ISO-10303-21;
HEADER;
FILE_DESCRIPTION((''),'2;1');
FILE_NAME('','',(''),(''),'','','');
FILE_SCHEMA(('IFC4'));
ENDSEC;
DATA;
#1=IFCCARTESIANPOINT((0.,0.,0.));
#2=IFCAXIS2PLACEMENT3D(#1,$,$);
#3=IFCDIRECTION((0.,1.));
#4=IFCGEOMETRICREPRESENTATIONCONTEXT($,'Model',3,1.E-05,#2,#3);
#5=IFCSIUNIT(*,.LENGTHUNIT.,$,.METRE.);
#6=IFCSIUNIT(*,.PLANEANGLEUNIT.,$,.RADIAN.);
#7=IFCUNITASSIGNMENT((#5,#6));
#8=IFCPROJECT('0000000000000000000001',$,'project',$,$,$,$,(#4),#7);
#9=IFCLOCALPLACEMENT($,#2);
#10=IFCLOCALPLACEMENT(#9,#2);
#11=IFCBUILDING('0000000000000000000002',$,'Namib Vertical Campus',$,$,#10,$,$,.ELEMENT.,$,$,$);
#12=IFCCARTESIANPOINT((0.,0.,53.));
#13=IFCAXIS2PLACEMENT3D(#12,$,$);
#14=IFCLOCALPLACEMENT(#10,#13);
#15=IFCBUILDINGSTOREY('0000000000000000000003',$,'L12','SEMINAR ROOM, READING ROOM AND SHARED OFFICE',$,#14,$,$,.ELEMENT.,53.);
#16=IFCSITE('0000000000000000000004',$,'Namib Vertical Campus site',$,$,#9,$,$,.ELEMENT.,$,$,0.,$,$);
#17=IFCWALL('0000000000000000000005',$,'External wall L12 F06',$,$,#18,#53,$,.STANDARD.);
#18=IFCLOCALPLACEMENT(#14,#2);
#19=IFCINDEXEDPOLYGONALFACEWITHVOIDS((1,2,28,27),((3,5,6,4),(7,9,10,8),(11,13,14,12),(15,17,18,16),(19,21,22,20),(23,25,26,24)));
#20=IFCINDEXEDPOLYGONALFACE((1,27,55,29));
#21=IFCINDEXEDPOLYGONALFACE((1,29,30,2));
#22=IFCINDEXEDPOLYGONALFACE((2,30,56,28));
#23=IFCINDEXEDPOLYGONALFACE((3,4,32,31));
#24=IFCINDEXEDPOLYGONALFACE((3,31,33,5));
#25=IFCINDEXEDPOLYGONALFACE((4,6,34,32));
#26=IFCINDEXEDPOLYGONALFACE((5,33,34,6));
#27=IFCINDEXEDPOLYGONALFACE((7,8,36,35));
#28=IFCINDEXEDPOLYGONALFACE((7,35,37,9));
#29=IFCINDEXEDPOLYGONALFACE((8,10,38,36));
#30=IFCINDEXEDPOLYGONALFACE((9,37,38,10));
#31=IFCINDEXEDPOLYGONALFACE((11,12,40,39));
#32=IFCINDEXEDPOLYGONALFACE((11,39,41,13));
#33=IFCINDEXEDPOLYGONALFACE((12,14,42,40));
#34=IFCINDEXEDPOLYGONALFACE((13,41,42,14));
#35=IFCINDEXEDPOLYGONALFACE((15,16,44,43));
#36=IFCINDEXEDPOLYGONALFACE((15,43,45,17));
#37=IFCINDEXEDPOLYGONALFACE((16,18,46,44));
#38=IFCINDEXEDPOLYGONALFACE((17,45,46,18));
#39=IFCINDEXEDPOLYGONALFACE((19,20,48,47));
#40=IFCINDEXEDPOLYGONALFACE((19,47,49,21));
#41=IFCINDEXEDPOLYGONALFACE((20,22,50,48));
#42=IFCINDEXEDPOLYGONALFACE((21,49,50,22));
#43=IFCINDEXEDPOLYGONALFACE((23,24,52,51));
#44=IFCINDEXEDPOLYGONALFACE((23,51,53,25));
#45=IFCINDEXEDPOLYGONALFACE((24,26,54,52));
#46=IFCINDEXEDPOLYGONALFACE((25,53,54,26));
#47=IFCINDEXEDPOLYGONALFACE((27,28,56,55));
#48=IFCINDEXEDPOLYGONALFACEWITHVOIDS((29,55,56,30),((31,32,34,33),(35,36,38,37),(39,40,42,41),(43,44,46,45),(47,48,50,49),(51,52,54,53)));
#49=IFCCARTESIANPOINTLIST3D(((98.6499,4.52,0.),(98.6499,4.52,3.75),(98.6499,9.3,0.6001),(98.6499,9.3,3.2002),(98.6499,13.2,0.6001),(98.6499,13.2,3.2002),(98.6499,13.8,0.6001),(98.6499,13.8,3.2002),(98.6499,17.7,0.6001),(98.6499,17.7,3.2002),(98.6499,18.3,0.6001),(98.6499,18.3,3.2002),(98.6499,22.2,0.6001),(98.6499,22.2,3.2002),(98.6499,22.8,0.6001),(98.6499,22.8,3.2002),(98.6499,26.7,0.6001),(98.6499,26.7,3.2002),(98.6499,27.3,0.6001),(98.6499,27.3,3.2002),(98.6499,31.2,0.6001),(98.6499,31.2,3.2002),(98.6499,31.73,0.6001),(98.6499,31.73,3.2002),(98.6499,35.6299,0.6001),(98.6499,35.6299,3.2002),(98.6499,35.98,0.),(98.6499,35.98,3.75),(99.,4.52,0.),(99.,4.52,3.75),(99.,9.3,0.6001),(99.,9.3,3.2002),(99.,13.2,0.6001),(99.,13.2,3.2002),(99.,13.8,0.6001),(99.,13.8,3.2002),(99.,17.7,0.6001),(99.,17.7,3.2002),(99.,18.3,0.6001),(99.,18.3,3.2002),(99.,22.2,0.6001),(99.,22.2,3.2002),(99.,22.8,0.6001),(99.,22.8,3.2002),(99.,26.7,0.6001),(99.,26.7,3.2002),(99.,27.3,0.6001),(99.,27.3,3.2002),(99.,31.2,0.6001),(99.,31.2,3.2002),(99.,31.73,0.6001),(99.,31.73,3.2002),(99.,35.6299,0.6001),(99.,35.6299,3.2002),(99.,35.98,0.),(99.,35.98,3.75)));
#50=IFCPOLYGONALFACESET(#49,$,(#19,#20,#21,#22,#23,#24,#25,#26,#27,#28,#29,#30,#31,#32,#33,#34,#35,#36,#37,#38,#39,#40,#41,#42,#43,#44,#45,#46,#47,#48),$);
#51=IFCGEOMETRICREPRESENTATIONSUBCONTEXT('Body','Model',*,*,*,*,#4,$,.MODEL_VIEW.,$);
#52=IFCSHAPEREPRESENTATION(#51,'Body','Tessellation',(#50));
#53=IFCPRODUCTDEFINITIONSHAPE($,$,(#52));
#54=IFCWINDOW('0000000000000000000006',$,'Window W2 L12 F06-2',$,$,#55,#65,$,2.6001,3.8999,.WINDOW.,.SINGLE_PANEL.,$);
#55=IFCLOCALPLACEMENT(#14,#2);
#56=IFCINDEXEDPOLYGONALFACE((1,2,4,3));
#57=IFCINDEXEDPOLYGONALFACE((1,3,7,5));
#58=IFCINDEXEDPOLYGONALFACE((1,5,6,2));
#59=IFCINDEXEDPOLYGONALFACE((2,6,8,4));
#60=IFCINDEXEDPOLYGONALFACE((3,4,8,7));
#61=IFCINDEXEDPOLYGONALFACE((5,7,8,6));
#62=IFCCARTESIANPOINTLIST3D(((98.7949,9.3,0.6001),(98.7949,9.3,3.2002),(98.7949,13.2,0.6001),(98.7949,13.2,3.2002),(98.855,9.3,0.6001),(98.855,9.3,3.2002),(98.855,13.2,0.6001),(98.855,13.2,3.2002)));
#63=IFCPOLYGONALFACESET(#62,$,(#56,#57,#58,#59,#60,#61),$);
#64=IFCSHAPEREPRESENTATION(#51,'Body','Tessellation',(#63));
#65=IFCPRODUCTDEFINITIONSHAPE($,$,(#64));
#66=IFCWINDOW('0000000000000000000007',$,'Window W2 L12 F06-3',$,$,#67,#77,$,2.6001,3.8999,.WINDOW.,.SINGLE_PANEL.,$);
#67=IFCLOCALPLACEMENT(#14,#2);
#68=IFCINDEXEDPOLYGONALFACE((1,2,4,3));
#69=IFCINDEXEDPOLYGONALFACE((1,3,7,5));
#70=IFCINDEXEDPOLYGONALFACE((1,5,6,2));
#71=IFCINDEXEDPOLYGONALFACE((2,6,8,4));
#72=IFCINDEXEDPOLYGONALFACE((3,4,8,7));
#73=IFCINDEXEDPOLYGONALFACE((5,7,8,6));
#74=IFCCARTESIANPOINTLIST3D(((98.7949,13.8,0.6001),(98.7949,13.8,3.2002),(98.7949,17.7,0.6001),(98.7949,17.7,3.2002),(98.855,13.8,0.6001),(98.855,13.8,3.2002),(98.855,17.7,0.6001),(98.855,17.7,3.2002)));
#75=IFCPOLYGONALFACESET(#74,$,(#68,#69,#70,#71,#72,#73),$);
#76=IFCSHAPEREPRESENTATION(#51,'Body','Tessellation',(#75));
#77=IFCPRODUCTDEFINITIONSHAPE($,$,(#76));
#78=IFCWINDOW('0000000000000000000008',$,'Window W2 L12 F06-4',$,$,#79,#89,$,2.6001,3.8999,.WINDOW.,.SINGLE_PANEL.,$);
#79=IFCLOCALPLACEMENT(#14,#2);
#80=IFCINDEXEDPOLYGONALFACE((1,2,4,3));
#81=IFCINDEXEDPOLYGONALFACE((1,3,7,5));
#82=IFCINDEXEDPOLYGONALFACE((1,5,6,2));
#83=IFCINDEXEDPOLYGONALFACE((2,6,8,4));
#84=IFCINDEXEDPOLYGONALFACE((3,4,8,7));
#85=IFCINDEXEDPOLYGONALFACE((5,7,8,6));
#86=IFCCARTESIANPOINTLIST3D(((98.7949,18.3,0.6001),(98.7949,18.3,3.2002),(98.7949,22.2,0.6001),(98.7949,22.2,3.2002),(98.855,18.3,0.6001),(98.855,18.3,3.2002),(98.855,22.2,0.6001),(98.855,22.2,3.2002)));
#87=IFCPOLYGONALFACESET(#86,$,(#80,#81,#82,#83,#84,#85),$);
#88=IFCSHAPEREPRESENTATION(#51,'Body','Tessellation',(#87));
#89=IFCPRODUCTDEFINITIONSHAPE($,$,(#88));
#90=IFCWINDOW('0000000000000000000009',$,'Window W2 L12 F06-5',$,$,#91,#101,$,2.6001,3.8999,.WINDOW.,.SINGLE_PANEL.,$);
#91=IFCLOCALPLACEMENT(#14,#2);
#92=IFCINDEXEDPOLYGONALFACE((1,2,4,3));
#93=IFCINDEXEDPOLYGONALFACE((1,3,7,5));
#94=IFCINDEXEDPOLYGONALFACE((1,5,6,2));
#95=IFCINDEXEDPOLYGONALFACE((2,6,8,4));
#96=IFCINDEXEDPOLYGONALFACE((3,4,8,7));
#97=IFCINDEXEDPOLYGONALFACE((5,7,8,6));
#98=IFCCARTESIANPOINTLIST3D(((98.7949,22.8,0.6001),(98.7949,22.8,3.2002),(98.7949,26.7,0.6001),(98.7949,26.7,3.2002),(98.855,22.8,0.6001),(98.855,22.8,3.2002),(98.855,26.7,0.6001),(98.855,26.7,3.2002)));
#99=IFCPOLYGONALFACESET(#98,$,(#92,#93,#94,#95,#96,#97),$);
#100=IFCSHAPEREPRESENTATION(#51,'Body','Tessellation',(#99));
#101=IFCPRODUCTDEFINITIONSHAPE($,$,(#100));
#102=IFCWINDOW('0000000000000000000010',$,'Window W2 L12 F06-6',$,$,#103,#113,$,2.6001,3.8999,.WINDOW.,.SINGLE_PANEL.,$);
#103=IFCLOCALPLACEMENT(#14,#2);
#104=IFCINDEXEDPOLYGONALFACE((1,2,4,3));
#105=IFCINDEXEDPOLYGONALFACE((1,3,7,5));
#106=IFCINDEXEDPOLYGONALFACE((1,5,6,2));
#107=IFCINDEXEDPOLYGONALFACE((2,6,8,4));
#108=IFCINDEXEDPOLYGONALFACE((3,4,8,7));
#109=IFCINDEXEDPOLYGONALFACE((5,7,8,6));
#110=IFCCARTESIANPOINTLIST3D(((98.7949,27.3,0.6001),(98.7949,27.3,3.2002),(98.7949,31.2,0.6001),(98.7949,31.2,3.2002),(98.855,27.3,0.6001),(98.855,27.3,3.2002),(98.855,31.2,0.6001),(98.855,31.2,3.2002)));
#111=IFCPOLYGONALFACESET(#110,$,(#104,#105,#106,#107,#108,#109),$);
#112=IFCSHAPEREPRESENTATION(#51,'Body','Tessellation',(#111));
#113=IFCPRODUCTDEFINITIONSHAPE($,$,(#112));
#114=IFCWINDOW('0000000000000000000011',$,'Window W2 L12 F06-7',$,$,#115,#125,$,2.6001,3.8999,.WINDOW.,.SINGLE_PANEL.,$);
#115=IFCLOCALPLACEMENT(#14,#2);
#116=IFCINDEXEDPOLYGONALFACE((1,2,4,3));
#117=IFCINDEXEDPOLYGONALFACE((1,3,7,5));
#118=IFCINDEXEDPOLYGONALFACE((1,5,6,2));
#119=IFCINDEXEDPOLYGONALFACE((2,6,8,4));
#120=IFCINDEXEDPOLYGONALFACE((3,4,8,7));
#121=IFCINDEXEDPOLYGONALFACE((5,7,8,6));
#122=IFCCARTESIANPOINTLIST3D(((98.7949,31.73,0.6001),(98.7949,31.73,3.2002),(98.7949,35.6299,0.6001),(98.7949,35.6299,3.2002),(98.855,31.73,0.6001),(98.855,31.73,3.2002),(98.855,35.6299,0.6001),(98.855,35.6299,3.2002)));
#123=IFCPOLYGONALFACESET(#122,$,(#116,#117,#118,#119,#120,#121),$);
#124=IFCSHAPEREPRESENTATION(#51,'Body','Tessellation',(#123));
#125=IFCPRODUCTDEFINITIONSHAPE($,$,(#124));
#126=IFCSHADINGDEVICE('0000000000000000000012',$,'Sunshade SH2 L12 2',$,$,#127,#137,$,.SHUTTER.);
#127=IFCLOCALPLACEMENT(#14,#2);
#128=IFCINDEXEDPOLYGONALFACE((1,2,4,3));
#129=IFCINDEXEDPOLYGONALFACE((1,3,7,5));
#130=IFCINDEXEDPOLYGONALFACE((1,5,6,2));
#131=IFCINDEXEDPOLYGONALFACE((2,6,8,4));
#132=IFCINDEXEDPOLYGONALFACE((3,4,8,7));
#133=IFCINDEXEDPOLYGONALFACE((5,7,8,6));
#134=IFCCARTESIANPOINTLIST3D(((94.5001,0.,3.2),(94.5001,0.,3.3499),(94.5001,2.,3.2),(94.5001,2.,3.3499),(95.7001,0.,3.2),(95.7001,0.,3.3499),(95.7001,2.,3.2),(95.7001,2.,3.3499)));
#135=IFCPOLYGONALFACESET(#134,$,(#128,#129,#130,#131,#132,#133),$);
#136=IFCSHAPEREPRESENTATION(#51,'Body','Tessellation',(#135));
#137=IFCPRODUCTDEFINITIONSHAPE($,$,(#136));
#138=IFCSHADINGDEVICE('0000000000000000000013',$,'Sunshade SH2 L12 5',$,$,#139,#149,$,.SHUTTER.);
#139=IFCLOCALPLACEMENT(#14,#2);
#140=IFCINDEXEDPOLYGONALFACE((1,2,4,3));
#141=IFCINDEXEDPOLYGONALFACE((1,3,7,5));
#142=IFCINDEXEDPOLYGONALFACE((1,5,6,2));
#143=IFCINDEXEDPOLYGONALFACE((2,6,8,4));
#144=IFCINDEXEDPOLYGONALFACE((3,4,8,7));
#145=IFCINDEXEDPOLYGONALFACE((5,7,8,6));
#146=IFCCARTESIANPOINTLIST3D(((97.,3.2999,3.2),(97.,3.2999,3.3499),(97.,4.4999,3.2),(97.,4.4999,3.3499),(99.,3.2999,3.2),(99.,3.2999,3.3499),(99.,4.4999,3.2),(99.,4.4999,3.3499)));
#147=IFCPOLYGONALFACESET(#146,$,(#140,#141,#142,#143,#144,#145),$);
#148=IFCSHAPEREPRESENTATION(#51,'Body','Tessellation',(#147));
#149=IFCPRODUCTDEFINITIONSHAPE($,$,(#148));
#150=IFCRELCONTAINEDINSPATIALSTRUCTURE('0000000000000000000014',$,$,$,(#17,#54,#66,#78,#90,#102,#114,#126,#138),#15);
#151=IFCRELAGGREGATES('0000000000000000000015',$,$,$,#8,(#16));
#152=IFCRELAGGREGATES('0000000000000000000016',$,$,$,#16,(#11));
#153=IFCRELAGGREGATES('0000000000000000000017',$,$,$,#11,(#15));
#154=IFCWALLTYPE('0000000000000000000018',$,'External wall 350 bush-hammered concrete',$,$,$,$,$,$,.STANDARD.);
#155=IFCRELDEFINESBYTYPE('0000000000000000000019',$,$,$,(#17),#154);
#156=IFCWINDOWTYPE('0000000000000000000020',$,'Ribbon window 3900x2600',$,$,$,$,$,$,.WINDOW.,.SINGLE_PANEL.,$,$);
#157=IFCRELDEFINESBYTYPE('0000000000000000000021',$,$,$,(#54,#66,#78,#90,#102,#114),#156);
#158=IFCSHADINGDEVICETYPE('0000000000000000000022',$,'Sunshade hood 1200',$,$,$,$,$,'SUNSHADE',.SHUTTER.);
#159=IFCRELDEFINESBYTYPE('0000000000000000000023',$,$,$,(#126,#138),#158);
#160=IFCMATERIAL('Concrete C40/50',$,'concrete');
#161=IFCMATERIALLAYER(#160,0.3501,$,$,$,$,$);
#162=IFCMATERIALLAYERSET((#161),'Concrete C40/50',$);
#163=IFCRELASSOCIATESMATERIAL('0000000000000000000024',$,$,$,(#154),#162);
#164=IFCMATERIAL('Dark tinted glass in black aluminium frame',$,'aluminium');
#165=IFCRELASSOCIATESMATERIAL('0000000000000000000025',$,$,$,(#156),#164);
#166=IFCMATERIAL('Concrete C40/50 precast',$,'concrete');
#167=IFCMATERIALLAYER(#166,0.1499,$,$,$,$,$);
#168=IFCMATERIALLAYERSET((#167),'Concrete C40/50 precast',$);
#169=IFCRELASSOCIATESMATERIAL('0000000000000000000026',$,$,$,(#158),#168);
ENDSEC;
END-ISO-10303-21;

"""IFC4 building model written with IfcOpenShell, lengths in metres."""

from ifc_helpers import new_model, si_unit, direction, frame, frame_2d, origin, origin_2d, place, context, subcontext, project, spatial, rectangle, extrude, material, layer, layer_set, type_object, element, fill, save


model = new_model("IFC4")

# Units and contexts
model_context = context("Model", 3, precision=1e-05, world=origin(), true_north=direction((0.0, 1.0)))
body_context = subcontext(model_context, "Body", "Model", "MODEL_VIEW")
ifc_project = project(units=[si_unit("LENGTHUNIT", "METRE"), si_unit("PLANEANGLEUNIT", "RADIAN")], contexts=[model_context])

# Site, building, storey
site_placement = place(None, origin())
site = spatial("IfcSite", under=ifc_project, at=site_placement, Name="Namib Vertical Campus site", CompositionType="ELEMENT", RefElevation=0.0)
building_placement = place(site_placement, origin())
building = spatial("IfcBuilding", under=site, at=building_placement, Name="Namib Vertical Campus", CompositionType="ELEMENT")
storey_placement = place(building_placement, frame((0.0, 0.0, 53.0)))
storey = spatial("IfcBuildingStorey", under=building, at=storey_placement, Name="L12", Description="SEMINAR ROOM, READING ROOM AND SHARED OFFICE", CompositionType="ELEMENT", Elevation=53.0)

# Shared definitions
ifc_material_1 = material(Name="Concrete C40/50", Category="concrete")
ifc_layer_1 = layer(ifc_material_1, 0.3501)
ifc_layer_set_1 = layer_set([ifc_layer_1], Name="Concrete C40/50")
wall_type = type_object("IfcWallType", Name="External wall 350 bush-hammered concrete", PredefinedType="STANDARD", material=ifc_layer_set_1)

# Wall, openings, windows
wall_1_placement = place(storey_placement, frame((98.825, 4.52, 0.0), z_axis=(0.0, 0.0, 1.0), x_axis=(0.0, 1.0, 0.0)))
wall_1 = element("IfcWall", 1, at=wall_1_placement, inside=storey, type_object=wall_type, Name="External wall L12 F06", PredefinedType="STANDARD", context=body_context, shape_type="SweptSolid", body=[
    extrude(rectangle(XDim=31.46, YDim=0.3501, at=frame_2d((15.73, 0.0))), origin(), (0.0, 0.0, 1.0), 3.75),
])
opening_1_placement = place(wall_1_placement, frame((4.78, 0.0, 0.6001)))
opening_1 = element("IfcOpeningElement", 2, at=opening_1_placement, cuts=wall_1, PredefinedType="OPENING", context=body_context, shape_type="SweptSolid", body=[
    extrude(rectangle(XDim=3.8999, YDim=2.6001, at=frame_2d((1.95, 1.3))), frame((0.0, 0.1851, 0.0), z_axis=(0.0, -1.0, 0.0), x_axis=(1.0, 0.0, 0.0)), (0.0, 0.0, 1.0), 0.3701),
])
opening_2_placement = place(wall_1_placement, frame((9.28, 0.0, 0.6001)))
opening_2 = element("IfcOpeningElement", 3, at=opening_2_placement, cuts=wall_1, PredefinedType="OPENING", context=body_context, shape_type="SweptSolid", body=[
    extrude(rectangle(XDim=3.8999, YDim=2.6001, at=frame_2d((1.95, 1.3))), frame((0.0, 0.1851, 0.0), z_axis=(0.0, -1.0, 0.0), x_axis=(1.0, 0.0, 0.0)), (0.0, 0.0, 1.0), 0.3701),
])
opening_3_placement = place(wall_1_placement, frame((13.78, 0.0, 0.6001)))
opening_3 = element("IfcOpeningElement", 4, at=opening_3_placement, cuts=wall_1, PredefinedType="OPENING", context=body_context, shape_type="SweptSolid", body=[
    extrude(rectangle(XDim=3.8999, YDim=2.6001, at=frame_2d((1.95, 1.3))), frame((0.0, 0.1851, 0.0), z_axis=(0.0, -1.0, 0.0), x_axis=(1.0, 0.0, 0.0)), (0.0, 0.0, 1.0), 0.3701),
])
opening_4_placement = place(wall_1_placement, frame((18.28, 0.0, 0.6001)))
opening_4 = element("IfcOpeningElement", 5, at=opening_4_placement, cuts=wall_1, PredefinedType="OPENING", context=body_context, shape_type="SweptSolid", body=[
    extrude(rectangle(XDim=3.8999, YDim=2.6001, at=frame_2d((1.95, 1.3))), frame((0.0, 0.1851, 0.0), z_axis=(0.0, -1.0, 0.0), x_axis=(1.0, 0.0, 0.0)), (0.0, 0.0, 1.0), 0.3701),
])
opening_5_placement = place(wall_1_placement, frame((22.78, 0.0, 0.6001)))
opening_5 = element("IfcOpeningElement", 6, at=opening_5_placement, cuts=wall_1, PredefinedType="OPENING", context=body_context, shape_type="SweptSolid", body=[
    extrude(rectangle(XDim=3.8999, YDim=2.6001, at=frame_2d((1.95, 1.3))), frame((0.0, 0.1851, 0.0), z_axis=(0.0, -1.0, 0.0), x_axis=(1.0, 0.0, 0.0)), (0.0, 0.0, 1.0), 0.3701),
])
opening_6_placement = place(wall_1_placement, frame((27.21, 0.0, 0.6001)))
opening_6 = element("IfcOpeningElement", 7, at=opening_6_placement, cuts=wall_1, PredefinedType="OPENING", context=body_context, shape_type="SweptSolid", body=[
    extrude(rectangle(XDim=3.8999, YDim=2.6001, at=frame_2d((1.95, 1.3))), frame((0.0, 0.1851, 0.0), z_axis=(0.0, -1.0, 0.0), x_axis=(1.0, 0.0, 0.0)), (0.0, 0.0, 1.0), 0.3701),
])
ifc_material_2 = material(Name="Dark tinted glass in black aluminium frame", Category="aluminium")
window_type = type_object("IfcWindowType", Name="Ribbon window 3900x2600", PartitioningType="SINGLE_PANEL", PredefinedType="WINDOW", material=ifc_material_2)
window_1_placement = place(opening_1_placement, origin())
window_1 = element("IfcWindow", 8, at=window_1_placement, inside=storey, type_object=window_type, Name="Window W2 L12 F06-2", OverallHeight=2.6001, OverallWidth=3.8999, PartitioningType="SINGLE_PANEL", PredefinedType="WINDOW", context=body_context, shape_type="SweptSolid", body=[
    extrude(rectangle(XDim=3.8999, YDim=2.6001, at=frame_2d((1.95, 1.3))), frame((0.0, 0.03, 0.0), z_axis=(0.0, -1.0, 0.0), x_axis=(1.0, 0.0, 0.0)), (0.0, 0.0, 1.0), 0.0601),
])
fill(opening_1, window_1)
window_2_placement = place(opening_2_placement, origin())
window_2 = element("IfcWindow", 9, at=window_2_placement, inside=storey, type_object=window_type, Name="Window W2 L12 F06-3", OverallHeight=2.6001, OverallWidth=3.8999, PartitioningType="SINGLE_PANEL", PredefinedType="WINDOW", context=body_context, shape_type="SweptSolid", body=[
    extrude(rectangle(XDim=3.8999, YDim=2.6001, at=frame_2d((1.95, 1.3))), frame((0.0, 0.03, 0.0), z_axis=(0.0, -1.0, 0.0), x_axis=(1.0, 0.0, 0.0)), (0.0, 0.0, 1.0), 0.0601),
])
fill(opening_2, window_2)
window_3_placement = place(opening_3_placement, origin())
window_3 = element("IfcWindow", 10, at=window_3_placement, inside=storey, type_object=window_type, Name="Window W2 L12 F06-4", OverallHeight=2.6001, OverallWidth=3.8999, PartitioningType="SINGLE_PANEL", PredefinedType="WINDOW", context=body_context, shape_type="SweptSolid", body=[
    extrude(rectangle(XDim=3.8999, YDim=2.6001, at=frame_2d((1.95, 1.3))), frame((0.0, 0.03, 0.0), z_axis=(0.0, -1.0, 0.0), x_axis=(1.0, 0.0, 0.0)), (0.0, 0.0, 1.0), 0.0601),
])
fill(opening_3, window_3)
window_4_placement = place(opening_4_placement, origin())
window_4 = element("IfcWindow", 11, at=window_4_placement, inside=storey, type_object=window_type, Name="Window W2 L12 F06-5", OverallHeight=2.6001, OverallWidth=3.8999, PartitioningType="SINGLE_PANEL", PredefinedType="WINDOW", context=body_context, shape_type="SweptSolid", body=[
    extrude(rectangle(XDim=3.8999, YDim=2.6001, at=frame_2d((1.95, 1.3))), frame((0.0, 0.03, 0.0), z_axis=(0.0, -1.0, 0.0), x_axis=(1.0, 0.0, 0.0)), (0.0, 0.0, 1.0), 0.0601),
])
fill(opening_4, window_4)
window_5_placement = place(opening_5_placement, origin())
window_5 = element("IfcWindow", 12, at=window_5_placement, inside=storey, type_object=window_type, Name="Window W2 L12 F06-6", OverallHeight=2.6001, OverallWidth=3.8999, PartitioningType="SINGLE_PANEL", PredefinedType="WINDOW", context=body_context, shape_type="SweptSolid", body=[
    extrude(rectangle(XDim=3.8999, YDim=2.6001, at=frame_2d((1.95, 1.3))), frame((0.0, 0.03, 0.0), z_axis=(0.0, -1.0, 0.0), x_axis=(1.0, 0.0, 0.0)), (0.0, 0.0, 1.0), 0.0601),
])
fill(opening_5, window_5)
window_6_placement = place(opening_6_placement, origin())
window_6 = element("IfcWindow", 13, at=window_6_placement, inside=storey, type_object=window_type, Name="Window W2 L12 F06-7", OverallHeight=2.6001, OverallWidth=3.8999, PartitioningType="SINGLE_PANEL", PredefinedType="WINDOW", context=body_context, shape_type="SweptSolid", body=[
    extrude(rectangle(XDim=3.8999, YDim=2.6001, at=frame_2d((1.95, 1.3))), frame((0.0, 0.03, 0.0), z_axis=(0.0, -1.0, 0.0), x_axis=(1.0, 0.0, 0.0)), (0.0, 0.0, 1.0), 0.0601),
])
fill(opening_6, window_6)

# Shading devices
ifc_material_3 = material(Name="Concrete C40/50 precast", Category="concrete")
ifc_layer_2 = layer(ifc_material_3, 0.1499)
ifc_layer_set_2 = layer_set([ifc_layer_2], Name="Concrete C40/50 precast")
shading_device_type = type_object("IfcShadingDeviceType", Name="Sunshade hood 1200", ElementType="SUNSHADE", PredefinedType="SHUTTER", material=ifc_layer_set_2)
for number, where, z_axis, x_axis, name in (
    (14, (95.1001, 1.0, 3.2), (0.0, 0.0, 1.0), (0.0, 1.0, 0.0), "Sunshade SH2 L12 2"),
    (15, (98.0, 3.8999, 3.2), (0.0, 0.0, 1.0), (1.0, 0.0, 0.0), "Sunshade SH2 L12 5"),
):
    element("IfcShadingDevice", number, at=place(storey_placement, frame(where, z_axis=z_axis, x_axis=x_axis)), inside=storey, type_object=shading_device_type, Name=name, PredefinedType="SHUTTER", context=body_context, shape_type="SweptSolid", body=[
        extrude(rectangle(XDim=2.0, YDim=1.2, at=origin_2d()), origin(), (0.0, 0.0, 1.0), 0.1499),
    ])

save(model, "model.ifc")
